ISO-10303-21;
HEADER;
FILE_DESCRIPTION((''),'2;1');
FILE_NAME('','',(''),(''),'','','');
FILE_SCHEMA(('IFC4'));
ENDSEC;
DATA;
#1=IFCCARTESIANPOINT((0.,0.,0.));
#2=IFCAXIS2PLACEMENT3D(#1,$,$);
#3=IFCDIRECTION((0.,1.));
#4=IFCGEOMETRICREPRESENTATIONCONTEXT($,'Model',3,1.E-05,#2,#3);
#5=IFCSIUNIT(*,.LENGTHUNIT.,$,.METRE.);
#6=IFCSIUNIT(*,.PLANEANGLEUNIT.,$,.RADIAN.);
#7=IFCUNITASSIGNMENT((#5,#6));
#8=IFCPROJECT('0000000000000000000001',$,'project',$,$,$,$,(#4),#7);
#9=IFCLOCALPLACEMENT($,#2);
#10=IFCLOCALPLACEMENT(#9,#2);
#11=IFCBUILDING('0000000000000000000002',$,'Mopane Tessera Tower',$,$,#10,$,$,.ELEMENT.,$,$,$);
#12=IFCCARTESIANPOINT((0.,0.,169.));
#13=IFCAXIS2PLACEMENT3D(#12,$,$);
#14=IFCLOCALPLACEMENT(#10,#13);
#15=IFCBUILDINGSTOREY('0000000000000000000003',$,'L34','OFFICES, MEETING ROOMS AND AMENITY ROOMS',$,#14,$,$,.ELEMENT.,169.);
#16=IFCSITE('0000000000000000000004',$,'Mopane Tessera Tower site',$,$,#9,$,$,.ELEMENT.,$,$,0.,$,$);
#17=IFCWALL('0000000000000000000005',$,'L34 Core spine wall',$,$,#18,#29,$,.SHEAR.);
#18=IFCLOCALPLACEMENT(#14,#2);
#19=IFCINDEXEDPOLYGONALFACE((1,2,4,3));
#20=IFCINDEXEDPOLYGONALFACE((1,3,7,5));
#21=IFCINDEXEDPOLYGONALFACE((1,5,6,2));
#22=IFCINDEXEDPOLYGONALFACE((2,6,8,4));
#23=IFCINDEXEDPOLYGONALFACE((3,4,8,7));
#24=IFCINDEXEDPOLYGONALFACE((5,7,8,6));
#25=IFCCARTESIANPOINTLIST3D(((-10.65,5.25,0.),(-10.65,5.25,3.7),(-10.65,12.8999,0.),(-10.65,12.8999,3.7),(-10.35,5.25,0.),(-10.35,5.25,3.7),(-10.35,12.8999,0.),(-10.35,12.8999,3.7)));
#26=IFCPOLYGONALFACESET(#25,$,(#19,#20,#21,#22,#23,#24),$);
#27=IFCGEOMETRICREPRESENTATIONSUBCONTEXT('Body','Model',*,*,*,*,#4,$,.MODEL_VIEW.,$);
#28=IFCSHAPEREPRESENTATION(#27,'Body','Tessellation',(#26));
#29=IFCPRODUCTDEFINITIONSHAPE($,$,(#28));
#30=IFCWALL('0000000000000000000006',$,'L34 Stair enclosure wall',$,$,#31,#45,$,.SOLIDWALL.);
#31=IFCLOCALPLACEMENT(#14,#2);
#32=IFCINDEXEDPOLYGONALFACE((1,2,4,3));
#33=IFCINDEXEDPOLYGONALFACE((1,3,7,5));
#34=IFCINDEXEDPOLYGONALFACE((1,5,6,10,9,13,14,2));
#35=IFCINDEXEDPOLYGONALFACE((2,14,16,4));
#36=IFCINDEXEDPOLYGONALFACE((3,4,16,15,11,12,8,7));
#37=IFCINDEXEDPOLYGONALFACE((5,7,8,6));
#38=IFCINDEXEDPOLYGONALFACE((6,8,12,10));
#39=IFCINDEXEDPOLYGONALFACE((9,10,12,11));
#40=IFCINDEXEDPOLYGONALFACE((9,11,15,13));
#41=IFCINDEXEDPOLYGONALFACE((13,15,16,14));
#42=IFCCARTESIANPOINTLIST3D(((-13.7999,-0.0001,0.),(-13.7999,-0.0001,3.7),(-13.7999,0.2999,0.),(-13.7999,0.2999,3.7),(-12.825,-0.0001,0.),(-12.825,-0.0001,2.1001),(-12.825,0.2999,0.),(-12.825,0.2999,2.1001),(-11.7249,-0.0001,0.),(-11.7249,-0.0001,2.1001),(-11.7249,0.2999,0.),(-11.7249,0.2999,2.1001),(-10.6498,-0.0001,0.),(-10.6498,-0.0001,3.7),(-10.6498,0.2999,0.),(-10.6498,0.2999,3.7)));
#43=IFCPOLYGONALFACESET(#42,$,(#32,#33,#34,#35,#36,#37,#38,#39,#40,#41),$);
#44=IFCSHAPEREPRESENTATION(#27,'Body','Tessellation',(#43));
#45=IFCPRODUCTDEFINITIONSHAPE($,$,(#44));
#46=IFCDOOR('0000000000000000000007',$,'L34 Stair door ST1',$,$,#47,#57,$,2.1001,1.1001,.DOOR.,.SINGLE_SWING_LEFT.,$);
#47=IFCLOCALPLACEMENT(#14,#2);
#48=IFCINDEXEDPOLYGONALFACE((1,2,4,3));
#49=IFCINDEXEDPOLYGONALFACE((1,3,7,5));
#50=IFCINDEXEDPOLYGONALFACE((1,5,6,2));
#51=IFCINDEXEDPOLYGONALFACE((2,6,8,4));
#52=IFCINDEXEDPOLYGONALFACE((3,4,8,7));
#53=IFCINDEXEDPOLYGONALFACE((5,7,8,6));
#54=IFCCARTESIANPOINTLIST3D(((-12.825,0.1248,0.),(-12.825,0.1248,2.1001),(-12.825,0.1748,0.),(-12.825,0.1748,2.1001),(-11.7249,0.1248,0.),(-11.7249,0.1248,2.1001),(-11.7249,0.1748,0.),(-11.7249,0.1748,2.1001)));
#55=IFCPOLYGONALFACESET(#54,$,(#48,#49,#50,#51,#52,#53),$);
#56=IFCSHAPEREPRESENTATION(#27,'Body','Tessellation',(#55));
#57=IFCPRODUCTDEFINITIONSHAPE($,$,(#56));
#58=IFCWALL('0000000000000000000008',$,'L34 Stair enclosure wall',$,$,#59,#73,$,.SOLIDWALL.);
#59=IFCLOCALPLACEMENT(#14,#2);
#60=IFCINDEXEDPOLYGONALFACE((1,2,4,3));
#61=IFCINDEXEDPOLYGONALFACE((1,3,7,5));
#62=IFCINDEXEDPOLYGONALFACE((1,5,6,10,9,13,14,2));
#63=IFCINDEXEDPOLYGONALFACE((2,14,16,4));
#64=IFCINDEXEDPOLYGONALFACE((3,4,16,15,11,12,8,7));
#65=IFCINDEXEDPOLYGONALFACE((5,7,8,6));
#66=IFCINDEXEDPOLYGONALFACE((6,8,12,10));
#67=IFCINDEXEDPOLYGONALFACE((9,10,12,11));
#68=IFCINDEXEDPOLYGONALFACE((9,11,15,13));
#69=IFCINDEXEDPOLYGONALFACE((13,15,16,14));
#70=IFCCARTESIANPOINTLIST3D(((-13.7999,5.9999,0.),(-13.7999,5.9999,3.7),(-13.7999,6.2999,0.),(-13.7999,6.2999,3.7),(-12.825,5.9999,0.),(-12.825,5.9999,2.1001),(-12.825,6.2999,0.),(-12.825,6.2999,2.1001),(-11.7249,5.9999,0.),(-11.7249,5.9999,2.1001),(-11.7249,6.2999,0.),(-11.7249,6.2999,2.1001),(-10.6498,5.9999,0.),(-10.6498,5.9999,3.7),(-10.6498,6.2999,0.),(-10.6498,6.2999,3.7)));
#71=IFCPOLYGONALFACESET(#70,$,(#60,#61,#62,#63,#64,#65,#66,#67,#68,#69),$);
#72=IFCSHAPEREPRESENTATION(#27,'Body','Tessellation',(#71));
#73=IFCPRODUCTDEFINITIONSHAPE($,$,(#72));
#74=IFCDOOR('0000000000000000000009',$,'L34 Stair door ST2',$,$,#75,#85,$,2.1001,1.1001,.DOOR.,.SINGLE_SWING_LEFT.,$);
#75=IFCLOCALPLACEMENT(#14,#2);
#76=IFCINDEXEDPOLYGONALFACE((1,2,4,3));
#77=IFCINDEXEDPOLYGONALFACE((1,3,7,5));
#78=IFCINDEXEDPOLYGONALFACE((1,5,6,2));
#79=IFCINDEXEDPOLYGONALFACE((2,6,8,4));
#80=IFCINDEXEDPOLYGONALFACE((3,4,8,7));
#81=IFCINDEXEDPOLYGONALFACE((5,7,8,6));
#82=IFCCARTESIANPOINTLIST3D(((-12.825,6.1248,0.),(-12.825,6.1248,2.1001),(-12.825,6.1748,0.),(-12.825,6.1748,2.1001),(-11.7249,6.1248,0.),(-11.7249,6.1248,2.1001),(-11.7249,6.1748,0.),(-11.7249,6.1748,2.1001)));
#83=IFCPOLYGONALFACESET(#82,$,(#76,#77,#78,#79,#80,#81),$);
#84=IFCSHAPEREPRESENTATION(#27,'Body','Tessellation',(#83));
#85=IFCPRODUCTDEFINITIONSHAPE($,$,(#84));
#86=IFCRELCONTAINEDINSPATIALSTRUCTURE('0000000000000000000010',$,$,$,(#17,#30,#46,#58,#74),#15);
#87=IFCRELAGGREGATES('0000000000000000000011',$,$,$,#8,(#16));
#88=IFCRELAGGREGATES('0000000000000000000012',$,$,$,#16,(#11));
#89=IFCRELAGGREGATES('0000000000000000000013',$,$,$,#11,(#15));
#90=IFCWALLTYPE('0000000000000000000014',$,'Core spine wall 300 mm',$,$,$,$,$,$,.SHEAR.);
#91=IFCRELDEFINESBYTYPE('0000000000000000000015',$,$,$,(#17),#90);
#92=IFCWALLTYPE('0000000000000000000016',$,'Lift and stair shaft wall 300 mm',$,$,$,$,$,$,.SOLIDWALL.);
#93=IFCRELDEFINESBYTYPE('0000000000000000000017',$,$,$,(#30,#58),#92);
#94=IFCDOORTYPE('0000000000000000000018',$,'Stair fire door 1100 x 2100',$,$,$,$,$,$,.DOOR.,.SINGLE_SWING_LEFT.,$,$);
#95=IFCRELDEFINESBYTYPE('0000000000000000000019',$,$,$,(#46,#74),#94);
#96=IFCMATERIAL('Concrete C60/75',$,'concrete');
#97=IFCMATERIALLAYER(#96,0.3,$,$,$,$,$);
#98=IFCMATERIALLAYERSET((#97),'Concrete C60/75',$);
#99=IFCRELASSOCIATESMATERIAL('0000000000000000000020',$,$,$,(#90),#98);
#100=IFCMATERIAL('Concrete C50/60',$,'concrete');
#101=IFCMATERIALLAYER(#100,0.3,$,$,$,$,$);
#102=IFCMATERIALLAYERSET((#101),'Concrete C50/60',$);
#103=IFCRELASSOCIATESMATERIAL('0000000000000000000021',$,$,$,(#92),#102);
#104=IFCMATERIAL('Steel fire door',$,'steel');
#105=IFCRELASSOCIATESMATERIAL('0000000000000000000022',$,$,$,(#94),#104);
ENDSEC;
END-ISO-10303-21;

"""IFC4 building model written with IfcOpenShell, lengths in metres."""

from ifc_helpers import new_model, si_unit, direction, frame, frame_2d, origin, place, context, subcontext, project, spatial, rectangle, extrude, material, layer, layer_set, type_object, element, fill, save


model = new_model("IFC4")

# Units and contexts
model_context = context("Model", 3, precision=1e-05, world=origin(), true_north=direction((0.0, 1.0)))
body_context = subcontext(model_context, "Body", "Model", "MODEL_VIEW")
ifc_project = project(units=[si_unit("LENGTHUNIT", "METRE"), si_unit("PLANEANGLEUNIT", "RADIAN")], contexts=[model_context])

# Site, building, storey
site_placement = place(None, origin())
site = spatial("IfcSite", under=ifc_project, at=site_placement, Name="Mopane Tessera Tower site", CompositionType="ELEMENT", RefElevation=0.0)
building_placement = place(site_placement, origin())
building = spatial("IfcBuilding", under=site, at=building_placement, Name="Mopane Tessera Tower", CompositionType="ELEMENT")
storey_placement = place(building_placement, frame((0.0, 0.0, 169.0)))
storey = spatial("IfcBuildingStorey", under=building, at=storey_placement, Name="L34", Description="OFFICES, MEETING ROOMS AND AMENITY ROOMS", CompositionType="ELEMENT", Elevation=169.0)

# Wall
ifc_material_1 = material(Name="Concrete C60/75", Category="concrete")
ifc_layer_1 = layer(ifc_material_1, 0.3)
ifc_layer_set_1 = layer_set([ifc_layer_1], Name="Concrete C60/75")
wall_type_1 = type_object("IfcWallType", Name="Core spine wall 300 mm", PredefinedType="SHEAR", material=ifc_layer_set_1)
wall_1_placement = place(storey_placement, frame((-10.5, 5.25, 0.0), z_axis=(0.0, 0.0, 1.0), x_axis=(0.0, 1.0, 0.0)))
element("IfcWall", 1, at=wall_1_placement, inside=storey, type_object=wall_type_1, Name="L34 Core spine wall", PredefinedType="SHEAR", context=body_context, shape_type="SweptSolid", body=[
    extrude(rectangle(XDim=7.6499, YDim=0.3, at=frame_2d((3.825, 0.0))), origin(), (0.0, 0.0, 1.0), 3.7),
])

# Walls, openings, doors
ifc_material_2 = material(Name="Concrete C50/60", Category="concrete")
ifc_layer_2 = layer(ifc_material_2, 0.3)
ifc_layer_set_2 = layer_set([ifc_layer_2], Name="Concrete C50/60")
wall_type_2 = type_object("IfcWallType", Name="Lift and stair shaft wall 300 mm", PredefinedType="SOLIDWALL", material=ifc_layer_set_2)
wall_2_placement = place(storey_placement, frame((-13.8, 0.1499, 0.0), z_axis=(0.0, 0.0, 1.0), x_axis=(1.0, 0.0, 0.0)))
wall_2 = element("IfcWall", 2, at=wall_2_placement, inside=storey, type_object=wall_type_2, Name="L34 Stair enclosure wall", PredefinedType="SOLIDWALL", context=body_context, shape_type="SweptSolid", body=[
    extrude(rectangle(XDim=3.1501, YDim=0.3, at=frame_2d((1.5752, 0.0))), origin(), (0.0, 0.0, 1.0), 3.7),
])
opening_1_placement = place(wall_2_placement, frame((0.9751, 0.0, 0.0)))
opening_1 = element("IfcOpeningElement", 3, at=opening_1_placement, cuts=wall_2, PredefinedType="OPENING", context=body_context, shape_type="SweptSolid", body=[
    extrude(rectangle(XDim=1.1001, YDim=2.1001, at=frame_2d((0.55, 1.05))), frame((0.0, 0.1621, 0.0), z_axis=(0.0, -1.0, 0.0), x_axis=(1.0, 0.0, 0.0)), (0.0, 0.0, 1.0), 0.324),
])
ifc_material_3 = material(Name="Steel fire door", Category="steel")
door_type_1 = type_object("IfcDoorType", Name="Stair fire door 1100 x 2100", OperationType="SINGLE_SWING_LEFT", PredefinedType="DOOR", material=ifc_material_3)
door_1_placement = place(opening_1_placement, origin())
door_1 = element("IfcDoor", 4, at=door_1_placement, inside=storey, type_object=door_type_1, Name="L34 Stair door ST1", OperationType="SINGLE_SWING_LEFT", OverallHeight=2.1001, OverallWidth=1.1001, PredefinedType="DOOR", context=body_context, shape_type="SweptSolid", body=[
    extrude(rectangle(XDim=1.1001, YDim=2.1001, at=frame_2d((0.55, 1.05))), frame((0.0, 0.0249, 0.0), z_axis=(0.0, -1.0, 0.0), x_axis=(1.0, 0.0, 0.0)), (0.0, 0.0, 1.0), 0.05),
])
fill(opening_1, door_1)
wall_3_placement = place(storey_placement, frame((-13.8, 6.1499, 0.0), z_axis=(0.0, 0.0, 1.0), x_axis=(1.0, 0.0, 0.0)))
wall_3 = element("IfcWall", 5, at=wall_3_placement, inside=storey, type_object=wall_type_2, Name="L34 Stair enclosure wall", PredefinedType="SOLIDWALL", context=body_context, shape_type="SweptSolid", body=[
    extrude(rectangle(XDim=3.1501, YDim=0.3, at=frame_2d((1.5752, 0.0))), origin(), (0.0, 0.0, 1.0), 3.7),
])
opening_2_placement = place(wall_3_placement, frame((0.9751, 0.0, 0.0)))
opening_2 = element("IfcOpeningElement", 6, at=opening_2_placement, cuts=wall_3, PredefinedType="OPENING", context=body_context, shape_type="SweptSolid", body=[
    extrude(rectangle(XDim=1.1001, YDim=2.1001, at=frame_2d((0.55, 1.05))), frame((0.0, 0.1621, 0.0), z_axis=(0.0, -1.0, 0.0), x_axis=(1.0, 0.0, 0.0)), (0.0, 0.0, 1.0), 0.324),
])
door_2_placement = place(opening_2_placement, origin())
door_2 = element("IfcDoor", 7, at=door_2_placement, inside=storey, type_object=door_type_1, Name="L34 Stair door ST2", OperationType="SINGLE_SWING_LEFT", OverallHeight=2.1001, OverallWidth=1.1001, PredefinedType="DOOR", context=body_context, shape_type="SweptSolid", body=[
    extrude(rectangle(XDim=1.1001, YDim=2.1001, at=frame_2d((0.55, 1.05))), frame((0.0, 0.0249, 0.0), z_axis=(0.0, -1.0, 0.0), x_axis=(1.0, 0.0, 0.0)), (0.0, 0.0, 1.0), 0.05),
])
fill(opening_2, door_2)

save(model, "model.ifc")
